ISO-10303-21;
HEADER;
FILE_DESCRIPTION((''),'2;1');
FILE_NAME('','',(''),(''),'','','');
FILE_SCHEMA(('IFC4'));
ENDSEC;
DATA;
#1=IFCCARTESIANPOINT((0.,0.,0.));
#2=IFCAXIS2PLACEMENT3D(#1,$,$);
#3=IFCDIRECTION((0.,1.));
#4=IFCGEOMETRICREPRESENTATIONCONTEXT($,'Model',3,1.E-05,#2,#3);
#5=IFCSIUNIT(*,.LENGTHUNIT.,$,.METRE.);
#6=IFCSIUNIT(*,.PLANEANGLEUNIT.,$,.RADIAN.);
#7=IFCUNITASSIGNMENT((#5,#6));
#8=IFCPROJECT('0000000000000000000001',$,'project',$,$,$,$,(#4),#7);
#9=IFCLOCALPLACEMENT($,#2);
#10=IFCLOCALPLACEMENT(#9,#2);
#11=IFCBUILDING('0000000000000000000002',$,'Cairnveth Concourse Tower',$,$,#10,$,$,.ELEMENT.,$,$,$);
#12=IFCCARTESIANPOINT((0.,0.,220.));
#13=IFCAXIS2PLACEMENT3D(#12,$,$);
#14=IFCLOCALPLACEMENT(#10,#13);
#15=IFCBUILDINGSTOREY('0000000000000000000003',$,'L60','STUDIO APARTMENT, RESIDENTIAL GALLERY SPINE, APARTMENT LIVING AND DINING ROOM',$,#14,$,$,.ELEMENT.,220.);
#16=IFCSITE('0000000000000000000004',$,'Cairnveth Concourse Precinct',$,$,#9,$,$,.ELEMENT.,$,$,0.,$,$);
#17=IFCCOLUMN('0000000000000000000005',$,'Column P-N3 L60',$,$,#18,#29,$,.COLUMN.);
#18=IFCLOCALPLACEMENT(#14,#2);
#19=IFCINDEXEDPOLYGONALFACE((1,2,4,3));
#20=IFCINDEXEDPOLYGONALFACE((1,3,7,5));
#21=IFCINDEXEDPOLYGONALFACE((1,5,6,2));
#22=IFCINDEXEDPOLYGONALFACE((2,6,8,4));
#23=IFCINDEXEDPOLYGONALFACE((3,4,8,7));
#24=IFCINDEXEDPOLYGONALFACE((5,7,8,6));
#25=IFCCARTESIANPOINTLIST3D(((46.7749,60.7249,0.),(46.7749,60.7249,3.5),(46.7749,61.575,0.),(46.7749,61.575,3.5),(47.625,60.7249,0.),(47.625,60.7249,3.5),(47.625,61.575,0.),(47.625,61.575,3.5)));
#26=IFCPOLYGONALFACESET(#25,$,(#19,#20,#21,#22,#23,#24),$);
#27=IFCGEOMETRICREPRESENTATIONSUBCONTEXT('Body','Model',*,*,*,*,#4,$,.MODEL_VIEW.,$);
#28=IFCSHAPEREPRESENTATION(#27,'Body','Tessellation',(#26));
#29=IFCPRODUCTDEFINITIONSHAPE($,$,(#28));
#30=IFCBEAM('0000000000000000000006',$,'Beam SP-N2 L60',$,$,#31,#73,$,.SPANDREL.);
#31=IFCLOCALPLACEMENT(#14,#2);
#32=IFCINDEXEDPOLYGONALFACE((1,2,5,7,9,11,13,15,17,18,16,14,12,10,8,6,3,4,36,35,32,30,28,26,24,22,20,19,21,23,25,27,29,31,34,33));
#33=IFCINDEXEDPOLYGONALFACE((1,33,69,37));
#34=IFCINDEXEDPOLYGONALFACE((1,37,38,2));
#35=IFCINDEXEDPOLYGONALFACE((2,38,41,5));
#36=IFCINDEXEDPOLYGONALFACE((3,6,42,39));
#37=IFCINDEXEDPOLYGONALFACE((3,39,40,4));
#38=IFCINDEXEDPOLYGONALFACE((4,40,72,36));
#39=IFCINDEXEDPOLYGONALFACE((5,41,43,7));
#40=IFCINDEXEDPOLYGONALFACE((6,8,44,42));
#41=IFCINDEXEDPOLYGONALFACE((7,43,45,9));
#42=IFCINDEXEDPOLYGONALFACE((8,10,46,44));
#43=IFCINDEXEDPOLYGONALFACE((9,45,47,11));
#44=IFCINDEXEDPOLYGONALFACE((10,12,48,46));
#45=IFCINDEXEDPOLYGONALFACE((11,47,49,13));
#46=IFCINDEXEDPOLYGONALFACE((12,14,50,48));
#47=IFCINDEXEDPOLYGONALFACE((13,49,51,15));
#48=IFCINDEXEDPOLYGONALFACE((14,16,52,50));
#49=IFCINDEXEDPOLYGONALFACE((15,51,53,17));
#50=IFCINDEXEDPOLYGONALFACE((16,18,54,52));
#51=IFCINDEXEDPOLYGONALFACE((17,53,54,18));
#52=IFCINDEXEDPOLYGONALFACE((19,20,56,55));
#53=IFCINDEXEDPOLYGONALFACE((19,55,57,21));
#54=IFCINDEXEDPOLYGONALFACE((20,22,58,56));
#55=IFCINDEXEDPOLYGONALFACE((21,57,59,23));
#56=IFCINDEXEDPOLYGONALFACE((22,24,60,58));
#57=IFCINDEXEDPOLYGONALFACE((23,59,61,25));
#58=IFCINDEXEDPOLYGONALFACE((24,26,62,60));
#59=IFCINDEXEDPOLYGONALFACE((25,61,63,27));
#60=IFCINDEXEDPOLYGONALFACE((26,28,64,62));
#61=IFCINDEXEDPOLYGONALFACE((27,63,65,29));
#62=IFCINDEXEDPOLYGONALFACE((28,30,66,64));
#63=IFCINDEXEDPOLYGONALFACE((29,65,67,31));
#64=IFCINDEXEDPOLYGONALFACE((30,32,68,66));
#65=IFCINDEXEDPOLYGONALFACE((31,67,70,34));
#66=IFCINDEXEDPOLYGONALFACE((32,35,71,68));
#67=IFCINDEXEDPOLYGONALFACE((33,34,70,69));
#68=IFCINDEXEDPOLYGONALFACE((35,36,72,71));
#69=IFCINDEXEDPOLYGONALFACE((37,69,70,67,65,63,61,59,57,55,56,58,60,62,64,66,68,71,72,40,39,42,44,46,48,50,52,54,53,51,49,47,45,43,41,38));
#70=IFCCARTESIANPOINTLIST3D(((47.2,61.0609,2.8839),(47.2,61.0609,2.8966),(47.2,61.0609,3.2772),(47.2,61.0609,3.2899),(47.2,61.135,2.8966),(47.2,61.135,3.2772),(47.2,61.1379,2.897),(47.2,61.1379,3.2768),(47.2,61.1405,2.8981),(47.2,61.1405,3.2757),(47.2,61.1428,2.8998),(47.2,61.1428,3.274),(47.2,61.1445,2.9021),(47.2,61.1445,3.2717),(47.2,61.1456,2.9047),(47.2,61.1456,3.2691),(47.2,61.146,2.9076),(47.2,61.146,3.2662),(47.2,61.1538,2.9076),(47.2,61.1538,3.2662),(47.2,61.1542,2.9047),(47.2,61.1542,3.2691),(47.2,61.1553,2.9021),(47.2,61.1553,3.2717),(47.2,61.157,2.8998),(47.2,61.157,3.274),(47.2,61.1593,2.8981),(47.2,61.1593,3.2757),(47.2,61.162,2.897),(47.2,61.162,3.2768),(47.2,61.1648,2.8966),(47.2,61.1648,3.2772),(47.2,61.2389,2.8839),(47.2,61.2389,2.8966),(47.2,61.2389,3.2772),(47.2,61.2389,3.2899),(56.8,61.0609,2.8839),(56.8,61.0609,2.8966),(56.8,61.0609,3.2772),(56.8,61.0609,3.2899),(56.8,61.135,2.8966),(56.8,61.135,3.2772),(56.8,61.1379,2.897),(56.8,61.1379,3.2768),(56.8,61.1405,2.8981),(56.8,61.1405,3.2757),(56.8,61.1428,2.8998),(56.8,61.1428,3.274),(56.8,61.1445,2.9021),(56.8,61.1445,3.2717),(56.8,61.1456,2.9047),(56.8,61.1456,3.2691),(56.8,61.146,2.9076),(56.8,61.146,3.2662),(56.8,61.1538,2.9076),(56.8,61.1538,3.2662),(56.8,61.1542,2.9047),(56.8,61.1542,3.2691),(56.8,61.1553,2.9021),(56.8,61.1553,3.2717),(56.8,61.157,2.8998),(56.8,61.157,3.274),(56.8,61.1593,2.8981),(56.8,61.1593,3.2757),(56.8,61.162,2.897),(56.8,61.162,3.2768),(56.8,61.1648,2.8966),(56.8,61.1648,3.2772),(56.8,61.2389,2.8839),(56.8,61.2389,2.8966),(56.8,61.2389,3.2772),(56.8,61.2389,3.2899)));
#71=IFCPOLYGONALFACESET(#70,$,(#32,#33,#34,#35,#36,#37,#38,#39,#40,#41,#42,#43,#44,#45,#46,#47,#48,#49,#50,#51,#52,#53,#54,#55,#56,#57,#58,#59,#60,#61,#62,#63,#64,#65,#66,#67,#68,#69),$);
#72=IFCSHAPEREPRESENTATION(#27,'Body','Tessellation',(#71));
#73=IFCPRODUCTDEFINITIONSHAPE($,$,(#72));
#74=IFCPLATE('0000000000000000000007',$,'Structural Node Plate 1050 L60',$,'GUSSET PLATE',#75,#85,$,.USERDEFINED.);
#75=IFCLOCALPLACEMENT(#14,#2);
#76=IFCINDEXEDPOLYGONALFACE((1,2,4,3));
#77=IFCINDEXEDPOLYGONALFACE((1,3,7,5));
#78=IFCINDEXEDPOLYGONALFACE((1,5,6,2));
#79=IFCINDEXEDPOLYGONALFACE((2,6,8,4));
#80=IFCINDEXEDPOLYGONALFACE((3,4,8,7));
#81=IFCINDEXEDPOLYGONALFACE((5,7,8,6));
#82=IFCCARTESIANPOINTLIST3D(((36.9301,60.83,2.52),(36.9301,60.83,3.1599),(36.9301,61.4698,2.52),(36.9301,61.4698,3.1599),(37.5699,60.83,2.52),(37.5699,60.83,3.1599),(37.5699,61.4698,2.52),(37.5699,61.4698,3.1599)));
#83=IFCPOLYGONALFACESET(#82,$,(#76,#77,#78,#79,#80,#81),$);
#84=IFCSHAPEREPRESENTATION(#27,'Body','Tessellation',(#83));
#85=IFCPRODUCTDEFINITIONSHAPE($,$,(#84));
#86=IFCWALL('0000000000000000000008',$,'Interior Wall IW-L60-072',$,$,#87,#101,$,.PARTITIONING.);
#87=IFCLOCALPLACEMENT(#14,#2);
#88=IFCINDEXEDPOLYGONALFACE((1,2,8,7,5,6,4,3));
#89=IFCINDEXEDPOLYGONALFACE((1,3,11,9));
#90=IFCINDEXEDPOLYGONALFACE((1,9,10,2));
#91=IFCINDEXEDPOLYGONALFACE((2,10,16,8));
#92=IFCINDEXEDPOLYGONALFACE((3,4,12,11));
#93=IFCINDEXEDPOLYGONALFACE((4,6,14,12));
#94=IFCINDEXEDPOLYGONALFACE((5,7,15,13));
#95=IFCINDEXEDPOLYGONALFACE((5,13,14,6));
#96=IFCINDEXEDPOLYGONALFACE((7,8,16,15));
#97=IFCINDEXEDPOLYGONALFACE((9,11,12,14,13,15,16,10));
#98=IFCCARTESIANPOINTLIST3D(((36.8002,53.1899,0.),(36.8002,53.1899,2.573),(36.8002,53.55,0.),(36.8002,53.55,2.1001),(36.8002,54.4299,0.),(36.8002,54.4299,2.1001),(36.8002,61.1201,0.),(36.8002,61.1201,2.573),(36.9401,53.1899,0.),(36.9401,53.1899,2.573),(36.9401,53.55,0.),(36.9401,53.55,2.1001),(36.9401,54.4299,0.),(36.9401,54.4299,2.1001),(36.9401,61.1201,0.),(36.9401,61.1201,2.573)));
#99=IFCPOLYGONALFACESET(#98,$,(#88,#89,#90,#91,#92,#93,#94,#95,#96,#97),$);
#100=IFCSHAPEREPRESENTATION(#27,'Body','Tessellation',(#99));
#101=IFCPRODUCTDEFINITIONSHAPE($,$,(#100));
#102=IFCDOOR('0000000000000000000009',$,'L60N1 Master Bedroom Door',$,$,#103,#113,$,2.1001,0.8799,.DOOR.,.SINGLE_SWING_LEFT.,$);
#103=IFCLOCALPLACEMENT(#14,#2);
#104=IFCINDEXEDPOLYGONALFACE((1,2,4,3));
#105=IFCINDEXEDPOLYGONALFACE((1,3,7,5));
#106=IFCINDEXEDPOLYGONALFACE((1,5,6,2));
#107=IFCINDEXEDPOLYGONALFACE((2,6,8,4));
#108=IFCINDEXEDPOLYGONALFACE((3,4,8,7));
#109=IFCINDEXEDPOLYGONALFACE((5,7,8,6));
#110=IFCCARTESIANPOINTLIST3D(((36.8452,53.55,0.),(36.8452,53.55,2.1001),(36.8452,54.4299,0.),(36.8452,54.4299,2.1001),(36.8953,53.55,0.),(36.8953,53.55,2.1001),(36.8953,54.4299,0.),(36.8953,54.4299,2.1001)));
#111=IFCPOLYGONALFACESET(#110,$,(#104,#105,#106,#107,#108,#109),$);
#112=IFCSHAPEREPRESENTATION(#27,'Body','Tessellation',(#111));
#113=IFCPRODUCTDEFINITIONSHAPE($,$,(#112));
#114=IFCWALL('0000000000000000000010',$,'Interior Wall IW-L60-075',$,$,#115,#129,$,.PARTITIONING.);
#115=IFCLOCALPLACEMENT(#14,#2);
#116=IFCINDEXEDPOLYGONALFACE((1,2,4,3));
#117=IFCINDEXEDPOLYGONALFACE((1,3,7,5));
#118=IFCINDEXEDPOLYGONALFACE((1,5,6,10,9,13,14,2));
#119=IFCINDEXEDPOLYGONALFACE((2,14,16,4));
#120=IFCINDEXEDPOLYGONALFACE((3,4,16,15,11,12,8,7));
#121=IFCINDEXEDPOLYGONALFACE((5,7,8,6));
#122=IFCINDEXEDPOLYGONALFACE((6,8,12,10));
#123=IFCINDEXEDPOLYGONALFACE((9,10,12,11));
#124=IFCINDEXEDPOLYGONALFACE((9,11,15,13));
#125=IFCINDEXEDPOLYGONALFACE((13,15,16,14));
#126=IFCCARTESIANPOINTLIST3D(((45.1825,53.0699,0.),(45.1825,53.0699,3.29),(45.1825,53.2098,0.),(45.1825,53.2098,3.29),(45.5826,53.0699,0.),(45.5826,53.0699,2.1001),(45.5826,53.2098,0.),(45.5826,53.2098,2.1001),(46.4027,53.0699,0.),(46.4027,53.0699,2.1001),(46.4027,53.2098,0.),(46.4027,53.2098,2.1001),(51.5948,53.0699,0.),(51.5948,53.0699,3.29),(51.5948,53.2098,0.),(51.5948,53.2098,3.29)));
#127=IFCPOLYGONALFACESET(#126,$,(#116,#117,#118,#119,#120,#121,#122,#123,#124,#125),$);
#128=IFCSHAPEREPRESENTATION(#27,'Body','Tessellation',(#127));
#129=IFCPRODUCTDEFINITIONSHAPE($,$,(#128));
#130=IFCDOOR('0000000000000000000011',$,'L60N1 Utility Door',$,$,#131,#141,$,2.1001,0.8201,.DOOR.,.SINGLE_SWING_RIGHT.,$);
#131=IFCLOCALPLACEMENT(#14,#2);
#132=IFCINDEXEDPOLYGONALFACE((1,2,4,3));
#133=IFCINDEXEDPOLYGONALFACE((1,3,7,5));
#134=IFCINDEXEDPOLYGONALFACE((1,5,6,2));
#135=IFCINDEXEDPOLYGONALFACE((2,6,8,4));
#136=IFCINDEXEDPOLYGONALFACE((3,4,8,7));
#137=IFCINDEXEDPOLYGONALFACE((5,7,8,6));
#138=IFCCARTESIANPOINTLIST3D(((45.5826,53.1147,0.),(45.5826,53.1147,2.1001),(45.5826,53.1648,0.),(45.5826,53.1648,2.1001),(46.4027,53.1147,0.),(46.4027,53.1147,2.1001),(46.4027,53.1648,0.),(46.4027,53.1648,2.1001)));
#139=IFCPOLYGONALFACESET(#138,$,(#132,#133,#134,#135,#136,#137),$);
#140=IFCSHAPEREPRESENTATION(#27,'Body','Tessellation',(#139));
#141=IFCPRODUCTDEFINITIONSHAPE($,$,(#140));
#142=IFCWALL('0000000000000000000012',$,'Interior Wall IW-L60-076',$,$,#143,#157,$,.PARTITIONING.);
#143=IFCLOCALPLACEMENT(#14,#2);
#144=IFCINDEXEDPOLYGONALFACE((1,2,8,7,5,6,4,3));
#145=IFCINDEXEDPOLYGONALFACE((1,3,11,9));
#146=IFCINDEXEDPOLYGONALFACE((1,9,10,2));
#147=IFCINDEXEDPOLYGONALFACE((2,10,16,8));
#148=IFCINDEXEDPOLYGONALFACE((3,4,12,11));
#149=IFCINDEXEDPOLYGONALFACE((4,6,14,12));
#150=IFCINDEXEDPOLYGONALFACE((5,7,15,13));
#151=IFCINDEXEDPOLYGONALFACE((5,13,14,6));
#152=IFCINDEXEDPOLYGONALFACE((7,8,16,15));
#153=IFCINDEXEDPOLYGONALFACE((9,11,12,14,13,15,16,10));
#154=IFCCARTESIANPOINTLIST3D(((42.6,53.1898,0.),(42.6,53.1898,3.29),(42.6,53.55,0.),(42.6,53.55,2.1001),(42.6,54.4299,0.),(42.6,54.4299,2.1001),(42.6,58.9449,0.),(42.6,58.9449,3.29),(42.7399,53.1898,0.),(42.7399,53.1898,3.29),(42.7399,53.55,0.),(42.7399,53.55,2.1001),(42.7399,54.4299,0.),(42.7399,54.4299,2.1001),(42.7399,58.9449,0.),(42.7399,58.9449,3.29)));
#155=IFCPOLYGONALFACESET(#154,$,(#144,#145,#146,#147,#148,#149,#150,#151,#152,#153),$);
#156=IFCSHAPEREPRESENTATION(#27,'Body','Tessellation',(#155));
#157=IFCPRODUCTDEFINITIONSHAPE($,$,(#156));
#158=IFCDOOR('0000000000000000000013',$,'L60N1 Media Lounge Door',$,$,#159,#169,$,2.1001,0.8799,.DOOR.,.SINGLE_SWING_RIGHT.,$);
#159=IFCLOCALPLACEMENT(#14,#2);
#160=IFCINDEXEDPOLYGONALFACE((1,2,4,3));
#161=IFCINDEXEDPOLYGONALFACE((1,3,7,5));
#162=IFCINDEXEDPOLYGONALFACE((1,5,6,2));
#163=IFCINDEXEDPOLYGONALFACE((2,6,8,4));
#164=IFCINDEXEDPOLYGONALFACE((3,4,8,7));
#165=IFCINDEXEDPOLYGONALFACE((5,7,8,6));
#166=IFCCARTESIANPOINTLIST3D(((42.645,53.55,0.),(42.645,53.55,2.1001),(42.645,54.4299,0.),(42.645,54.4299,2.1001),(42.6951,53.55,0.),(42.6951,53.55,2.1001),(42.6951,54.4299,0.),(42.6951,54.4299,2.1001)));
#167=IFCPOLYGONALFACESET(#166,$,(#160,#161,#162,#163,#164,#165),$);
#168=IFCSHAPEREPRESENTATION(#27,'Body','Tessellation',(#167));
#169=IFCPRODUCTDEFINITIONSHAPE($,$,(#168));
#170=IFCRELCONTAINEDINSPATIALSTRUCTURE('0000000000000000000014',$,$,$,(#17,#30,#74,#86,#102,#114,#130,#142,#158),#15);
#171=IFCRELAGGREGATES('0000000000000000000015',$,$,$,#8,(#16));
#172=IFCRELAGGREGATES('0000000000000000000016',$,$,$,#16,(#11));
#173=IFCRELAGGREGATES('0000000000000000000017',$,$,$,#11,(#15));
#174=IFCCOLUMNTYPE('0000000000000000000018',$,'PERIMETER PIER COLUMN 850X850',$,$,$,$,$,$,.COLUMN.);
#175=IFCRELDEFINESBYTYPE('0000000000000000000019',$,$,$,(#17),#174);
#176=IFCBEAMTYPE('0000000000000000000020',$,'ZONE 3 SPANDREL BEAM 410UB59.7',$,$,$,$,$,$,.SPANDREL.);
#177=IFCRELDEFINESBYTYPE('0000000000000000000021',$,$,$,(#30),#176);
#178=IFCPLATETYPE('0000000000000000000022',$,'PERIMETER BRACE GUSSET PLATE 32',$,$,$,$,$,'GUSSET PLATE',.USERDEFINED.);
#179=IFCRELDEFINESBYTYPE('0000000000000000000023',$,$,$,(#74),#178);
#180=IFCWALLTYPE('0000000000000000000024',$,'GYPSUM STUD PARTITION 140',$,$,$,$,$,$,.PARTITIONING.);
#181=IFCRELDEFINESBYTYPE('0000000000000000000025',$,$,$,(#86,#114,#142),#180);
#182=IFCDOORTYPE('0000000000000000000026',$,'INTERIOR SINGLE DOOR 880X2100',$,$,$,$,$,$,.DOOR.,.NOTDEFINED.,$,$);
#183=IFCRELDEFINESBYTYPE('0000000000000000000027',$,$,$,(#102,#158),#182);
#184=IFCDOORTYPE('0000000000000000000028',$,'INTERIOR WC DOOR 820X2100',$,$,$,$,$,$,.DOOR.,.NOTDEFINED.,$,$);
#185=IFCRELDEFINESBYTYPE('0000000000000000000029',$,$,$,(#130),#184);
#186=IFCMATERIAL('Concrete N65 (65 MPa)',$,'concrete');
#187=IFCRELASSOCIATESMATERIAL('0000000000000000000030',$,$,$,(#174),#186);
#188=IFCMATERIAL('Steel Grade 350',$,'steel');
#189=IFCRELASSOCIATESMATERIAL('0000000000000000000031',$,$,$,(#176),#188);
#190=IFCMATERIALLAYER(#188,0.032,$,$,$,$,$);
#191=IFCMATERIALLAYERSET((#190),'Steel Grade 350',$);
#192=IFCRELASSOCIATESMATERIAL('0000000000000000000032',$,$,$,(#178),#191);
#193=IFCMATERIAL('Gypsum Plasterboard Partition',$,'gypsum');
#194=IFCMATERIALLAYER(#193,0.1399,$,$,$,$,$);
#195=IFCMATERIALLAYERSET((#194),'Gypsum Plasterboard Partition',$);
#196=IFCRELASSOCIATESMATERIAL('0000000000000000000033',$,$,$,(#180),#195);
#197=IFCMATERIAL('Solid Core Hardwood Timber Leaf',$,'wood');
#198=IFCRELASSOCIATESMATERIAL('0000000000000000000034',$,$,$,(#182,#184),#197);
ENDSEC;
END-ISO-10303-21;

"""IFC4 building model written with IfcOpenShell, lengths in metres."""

from ifc_helpers import new_model, si_unit, direction, frame, frame_2d, origin, origin_2d, place, context, subcontext, project, spatial, rectangle, i_section, extrude, material, layer, layer_set, material_profile, profile_set, type_object, element, fill, save


model = new_model("IFC4")

# Units and contexts
model_context = context("Model", 3, precision=1e-05, world=origin(), true_north=direction((0.0, 1.0)))
body_context = subcontext(model_context, "Body", "Model", "MODEL_VIEW")
ifc_project = project(units=[si_unit("LENGTHUNIT", "METRE"), si_unit("PLANEANGLEUNIT", "RADIAN")], contexts=[model_context])

# Site, building, storey
site_placement = place(None, origin())
site = spatial("IfcSite", under=ifc_project, at=site_placement, Name="Cairnveth Concourse Precinct", CompositionType="ELEMENT", RefElevation=0.0)
building_placement = place(site_placement, origin())
building = spatial("IfcBuilding", under=site, at=building_placement, Name="Cairnveth Concourse Tower", CompositionType="ELEMENT")
storey_placement = place(building_placement, frame((0.0, 0.0, 220.0)))
storey = spatial("IfcBuildingStorey", under=building, at=storey_placement, Name="L60", Description="STUDIO APARTMENT, RESIDENTIAL GALLERY SPINE, APARTMENT LIVING AND DINING ROOM", CompositionType="ELEMENT", Elevation=220.0)

# Column
ifc_material_1 = material(Name="Concrete N65 (65 MPa)", Category="concrete")
ifc_material_profile_1 = material_profile(ifc_material_1, rectangle(XDim=0.8501, YDim=0.8501, at=origin_2d()), Name="RC-COL-850x850")
ifc_profile_set_1 = profile_set([ifc_material_profile_1], Name="Concrete N65 (65 MPa)")
column_type = type_object("IfcColumnType", Name="PERIMETER PIER COLUMN 850X850", PredefinedType="COLUMN", material=ifc_profile_set_1)
column_placement = place(storey_placement, frame((47.2, 61.1499, 0.0), z_axis=(0.0, 0.0, 1.0), x_axis=(1.0, 0.0, 0.0)))
element("IfcColumn", 1, at=column_placement, inside=storey, type_object=column_type, Name="Column P-N3 L60", PredefinedType="COLUMN", context=body_context, shape_type="SweptSolid", body=[
    extrude(rectangle(XDim=0.8501, YDim=0.8501, at=origin_2d()), origin(), (0.0, 0.0, 1.0), 3.5),
])

# Beam
ifc_material_2 = material(Name="Steel Grade 350", Category="steel")
ifc_material_profile_2 = material_profile(ifc_material_2, i_section(OverallWidth=0.178, OverallDepth=0.406, WebThickness=0.0078, FlangeThickness=0.0127, FilletRadius=0.011, at=origin_2d()), Name="410UB59.7")
ifc_profile_set_2 = profile_set([ifc_material_profile_2], Name="Steel Grade 350")
beam_type = type_object("IfcBeamType", Name="ZONE 3 SPANDREL BEAM 410UB59.7", PredefinedType="SPANDREL", material=ifc_profile_set_2)
beam_placement = place(storey_placement, frame((47.2, 61.1499, 3.0869), z_axis=(1.0, 0.0, 0.0), x_axis=(0.0, 1.0, 0.0)))
element("IfcBeam", 2, at=beam_placement, inside=storey, type_object=beam_type, Name="Beam SP-N2 L60", PredefinedType="SPANDREL", context=body_context, shape_type="SweptSolid", body=[
    extrude(i_section(OverallWidth=0.178, OverallDepth=0.406, WebThickness=0.0078, FlangeThickness=0.0127, FilletRadius=0.011, at=origin_2d()), origin(), (0.0, 0.0, 1.0), 9.6001),
])

# Plate
ifc_layer_1 = layer(ifc_material_2, 0.032)
ifc_layer_set_1 = layer_set([ifc_layer_1], Name="Steel Grade 350")
plate_type = type_object("IfcPlateType", Name="PERIMETER BRACE GUSSET PLATE 32", ElementType="GUSSET PLATE", PredefinedType="USERDEFINED", material=ifc_layer_set_1)
plate_placement = place(storey_placement, frame((37.25, 61.1499, 2.52), z_axis=(0.0, 0.0, 1.0), x_axis=(1.0, 0.0, 0.0)))
element("IfcPlate", 3, at=plate_placement, inside=storey, type_object=plate_type, Name="Structural Node Plate 1050 L60", ObjectType="GUSSET PLATE", PredefinedType="USERDEFINED", context=body_context, shape_type="SweptSolid", body=[
    extrude(rectangle(XDim=0.6399, YDim=0.6399, at=origin_2d()), origin(), (0.0, 0.0, 1.0), 0.6399),
])

# Walls, openings, doors
ifc_material_3 = material(Name="Gypsum Plasterboard Partition", Category="gypsum")
ifc_layer_2 = layer(ifc_material_3, 0.1399)
ifc_layer_set_2 = layer_set([ifc_layer_2], Name="Gypsum Plasterboard Partition")
wall_type_1 = type_object("IfcWallType", Name="GYPSUM STUD PARTITION 140", PredefinedType="PARTITIONING", material=ifc_layer_set_2)
wall_1_placement = place(storey_placement, frame((36.8701, 53.1899, 0.0), z_axis=(0.0, 0.0, 1.0), x_axis=(0.0, 1.0, 0.0)))
wall_1 = element("IfcWall", 4, at=wall_1_placement, inside=storey, type_object=wall_type_1, Name="Interior Wall IW-L60-072", PredefinedType="PARTITIONING", context=body_context, shape_type="SweptSolid", body=[
    extrude(rectangle(XDim=7.9302, YDim=0.1399, at=frame_2d((3.9651, 0.0))), origin(), (0.0, 0.0, 1.0), 2.573),
])
opening_1_placement = place(wall_1_placement, frame((0.3601, 0.0, 0.0)))
opening_1 = element("IfcOpeningElement", 5, at=opening_1_placement, cuts=wall_1, PredefinedType="OPENING", context=body_context, shape_type="SweptSolid", body=[
    extrude(rectangle(XDim=0.8799, YDim=2.1001, at=frame_2d((0.4399, 1.05))), frame((0.0, 0.0798, 0.0), z_axis=(0.0, -1.0, 0.0), x_axis=(1.0, 0.0, 0.0)), (0.0, 0.0, 1.0), 0.1599),
])
ifc_material_4 = material(Name="Solid Core Hardwood Timber Leaf", Category="wood")
door_type_1 = type_object("IfcDoorType", Name="INTERIOR SINGLE DOOR 880X2100", OperationType="NOTDEFINED", PredefinedType="DOOR", material=ifc_material_4)
door_1_placement = place(opening_1_placement, origin())
door_1 = element("IfcDoor", 6, at=door_1_placement, inside=storey, type_object=door_type_1, Name="L60N1 Master Bedroom Door", OperationType="SINGLE_SWING_LEFT", OverallHeight=2.1001, OverallWidth=0.8799, PredefinedType="DOOR", context=body_context, shape_type="SweptSolid", body=[
    extrude(rectangle(XDim=0.8799, YDim=2.1001, at=frame_2d((0.4399, 1.05))), frame((0.0, 0.0249, 0.0), z_axis=(0.0, -1.0, 0.0), x_axis=(1.0, 0.0, 0.0)), (0.0, 0.0, 1.0), 0.05),
])
fill(opening_1, door_1)
wall_2_placement = place(storey_placement, frame((45.1826, 53.1399, 0.0), z_axis=(0.0, 0.0, 1.0), x_axis=(1.0, 0.0, 0.0)))
wall_2 = element("IfcWall", 7, at=wall_2_placement, inside=storey, type_object=wall_type_1, Name="Interior Wall IW-L60-075", PredefinedType="PARTITIONING", context=body_context, shape_type="SweptSolid", body=[
    extrude(rectangle(XDim=6.4124, YDim=0.1399, at=frame_2d((3.2061, 0.0))), origin(), (0.0, 0.0, 1.0), 3.29),
])
opening_2_placement = place(wall_2_placement, frame((0.3999, 0.0, 0.0)))
opening_2 = element("IfcOpeningElement", 8, at=opening_2_placement, cuts=wall_2, PredefinedType="OPENING", context=body_context, shape_type="SweptSolid", body=[
    extrude(rectangle(XDim=0.8201, YDim=2.1001, at=frame_2d((0.4102, 1.05))), frame((0.0, 0.0798, 0.0), z_axis=(0.0, -1.0, 0.0), x_axis=(1.0, 0.0, 0.0)), (0.0, 0.0, 1.0), 0.1599),
])
door_type_2 = type_object("IfcDoorType", Name="INTERIOR WC DOOR 820X2100", OperationType="NOTDEFINED", PredefinedType="DOOR", material=ifc_material_4)
door_2_placement = place(opening_2_placement, origin())
door_2 = element("IfcDoor", 9, at=door_2_placement, inside=storey, type_object=door_type_2, Name="L60N1 Utility Door", OperationType="SINGLE_SWING_RIGHT", OverallHeight=2.1001, OverallWidth=0.8201, PredefinedType="DOOR", context=body_context, shape_type="SweptSolid", body=[
    extrude(rectangle(XDim=0.8201, YDim=2.1001, at=frame_2d((0.4102, 1.05))), frame((0.0, 0.0249, 0.0), z_axis=(0.0, -1.0, 0.0), x_axis=(1.0, 0.0, 0.0)), (0.0, 0.0, 1.0), 0.05),
])
fill(opening_2, door_2)
wall_3_placement = place(storey_placement, frame((42.6699, 53.1899, 0.0), z_axis=(0.0, 0.0, 1.0), x_axis=(0.0, 1.0, 0.0)))
wall_3 = element("IfcWall", 10, at=wall_3_placement, inside=storey, type_object=wall_type_1, Name="Interior Wall IW-L60-076", PredefinedType="PARTITIONING", context=body_context, shape_type="SweptSolid", body=[
    extrude(rectangle(XDim=5.7551, YDim=0.1399, at=frame_2d((2.8774, 0.0))), origin(), (0.0, 0.0, 1.0), 3.29),
])
opening_3_placement = place(wall_3_placement, frame((0.3601, 0.0, 0.0)))
opening_3 = element("IfcOpeningElement", 11, at=opening_3_placement, cuts=wall_3, PredefinedType="OPENING", context=body_context, shape_type="SweptSolid", body=[
    extrude(rectangle(XDim=0.8799, YDim=2.1001, at=frame_2d((0.4399, 1.05))), frame((0.0, 0.0798, 0.0), z_axis=(0.0, -1.0, 0.0), x_axis=(1.0, 0.0, 0.0)), (0.0, 0.0, 1.0), 0.1599),
])
door_3_placement = place(opening_3_placement, origin())
door_3 = element("IfcDoor", 12, at=door_3_placement, inside=storey, type_object=door_type_1, Name="L60N1 Media Lounge Door", OperationType="SINGLE_SWING_RIGHT", OverallHeight=2.1001, OverallWidth=0.8799, PredefinedType="DOOR", context=body_context, shape_type="SweptSolid", body=[
    extrude(rectangle(XDim=0.8799, YDim=2.1001, at=frame_2d((0.4399, 1.05))), frame((0.0, 0.0249, 0.0), z_axis=(0.0, -1.0, 0.0), x_axis=(1.0, 0.0, 0.0)), (0.0, 0.0, 1.0), 0.05),
])
fill(opening_3, door_3)

save(model, "model.ifc")
